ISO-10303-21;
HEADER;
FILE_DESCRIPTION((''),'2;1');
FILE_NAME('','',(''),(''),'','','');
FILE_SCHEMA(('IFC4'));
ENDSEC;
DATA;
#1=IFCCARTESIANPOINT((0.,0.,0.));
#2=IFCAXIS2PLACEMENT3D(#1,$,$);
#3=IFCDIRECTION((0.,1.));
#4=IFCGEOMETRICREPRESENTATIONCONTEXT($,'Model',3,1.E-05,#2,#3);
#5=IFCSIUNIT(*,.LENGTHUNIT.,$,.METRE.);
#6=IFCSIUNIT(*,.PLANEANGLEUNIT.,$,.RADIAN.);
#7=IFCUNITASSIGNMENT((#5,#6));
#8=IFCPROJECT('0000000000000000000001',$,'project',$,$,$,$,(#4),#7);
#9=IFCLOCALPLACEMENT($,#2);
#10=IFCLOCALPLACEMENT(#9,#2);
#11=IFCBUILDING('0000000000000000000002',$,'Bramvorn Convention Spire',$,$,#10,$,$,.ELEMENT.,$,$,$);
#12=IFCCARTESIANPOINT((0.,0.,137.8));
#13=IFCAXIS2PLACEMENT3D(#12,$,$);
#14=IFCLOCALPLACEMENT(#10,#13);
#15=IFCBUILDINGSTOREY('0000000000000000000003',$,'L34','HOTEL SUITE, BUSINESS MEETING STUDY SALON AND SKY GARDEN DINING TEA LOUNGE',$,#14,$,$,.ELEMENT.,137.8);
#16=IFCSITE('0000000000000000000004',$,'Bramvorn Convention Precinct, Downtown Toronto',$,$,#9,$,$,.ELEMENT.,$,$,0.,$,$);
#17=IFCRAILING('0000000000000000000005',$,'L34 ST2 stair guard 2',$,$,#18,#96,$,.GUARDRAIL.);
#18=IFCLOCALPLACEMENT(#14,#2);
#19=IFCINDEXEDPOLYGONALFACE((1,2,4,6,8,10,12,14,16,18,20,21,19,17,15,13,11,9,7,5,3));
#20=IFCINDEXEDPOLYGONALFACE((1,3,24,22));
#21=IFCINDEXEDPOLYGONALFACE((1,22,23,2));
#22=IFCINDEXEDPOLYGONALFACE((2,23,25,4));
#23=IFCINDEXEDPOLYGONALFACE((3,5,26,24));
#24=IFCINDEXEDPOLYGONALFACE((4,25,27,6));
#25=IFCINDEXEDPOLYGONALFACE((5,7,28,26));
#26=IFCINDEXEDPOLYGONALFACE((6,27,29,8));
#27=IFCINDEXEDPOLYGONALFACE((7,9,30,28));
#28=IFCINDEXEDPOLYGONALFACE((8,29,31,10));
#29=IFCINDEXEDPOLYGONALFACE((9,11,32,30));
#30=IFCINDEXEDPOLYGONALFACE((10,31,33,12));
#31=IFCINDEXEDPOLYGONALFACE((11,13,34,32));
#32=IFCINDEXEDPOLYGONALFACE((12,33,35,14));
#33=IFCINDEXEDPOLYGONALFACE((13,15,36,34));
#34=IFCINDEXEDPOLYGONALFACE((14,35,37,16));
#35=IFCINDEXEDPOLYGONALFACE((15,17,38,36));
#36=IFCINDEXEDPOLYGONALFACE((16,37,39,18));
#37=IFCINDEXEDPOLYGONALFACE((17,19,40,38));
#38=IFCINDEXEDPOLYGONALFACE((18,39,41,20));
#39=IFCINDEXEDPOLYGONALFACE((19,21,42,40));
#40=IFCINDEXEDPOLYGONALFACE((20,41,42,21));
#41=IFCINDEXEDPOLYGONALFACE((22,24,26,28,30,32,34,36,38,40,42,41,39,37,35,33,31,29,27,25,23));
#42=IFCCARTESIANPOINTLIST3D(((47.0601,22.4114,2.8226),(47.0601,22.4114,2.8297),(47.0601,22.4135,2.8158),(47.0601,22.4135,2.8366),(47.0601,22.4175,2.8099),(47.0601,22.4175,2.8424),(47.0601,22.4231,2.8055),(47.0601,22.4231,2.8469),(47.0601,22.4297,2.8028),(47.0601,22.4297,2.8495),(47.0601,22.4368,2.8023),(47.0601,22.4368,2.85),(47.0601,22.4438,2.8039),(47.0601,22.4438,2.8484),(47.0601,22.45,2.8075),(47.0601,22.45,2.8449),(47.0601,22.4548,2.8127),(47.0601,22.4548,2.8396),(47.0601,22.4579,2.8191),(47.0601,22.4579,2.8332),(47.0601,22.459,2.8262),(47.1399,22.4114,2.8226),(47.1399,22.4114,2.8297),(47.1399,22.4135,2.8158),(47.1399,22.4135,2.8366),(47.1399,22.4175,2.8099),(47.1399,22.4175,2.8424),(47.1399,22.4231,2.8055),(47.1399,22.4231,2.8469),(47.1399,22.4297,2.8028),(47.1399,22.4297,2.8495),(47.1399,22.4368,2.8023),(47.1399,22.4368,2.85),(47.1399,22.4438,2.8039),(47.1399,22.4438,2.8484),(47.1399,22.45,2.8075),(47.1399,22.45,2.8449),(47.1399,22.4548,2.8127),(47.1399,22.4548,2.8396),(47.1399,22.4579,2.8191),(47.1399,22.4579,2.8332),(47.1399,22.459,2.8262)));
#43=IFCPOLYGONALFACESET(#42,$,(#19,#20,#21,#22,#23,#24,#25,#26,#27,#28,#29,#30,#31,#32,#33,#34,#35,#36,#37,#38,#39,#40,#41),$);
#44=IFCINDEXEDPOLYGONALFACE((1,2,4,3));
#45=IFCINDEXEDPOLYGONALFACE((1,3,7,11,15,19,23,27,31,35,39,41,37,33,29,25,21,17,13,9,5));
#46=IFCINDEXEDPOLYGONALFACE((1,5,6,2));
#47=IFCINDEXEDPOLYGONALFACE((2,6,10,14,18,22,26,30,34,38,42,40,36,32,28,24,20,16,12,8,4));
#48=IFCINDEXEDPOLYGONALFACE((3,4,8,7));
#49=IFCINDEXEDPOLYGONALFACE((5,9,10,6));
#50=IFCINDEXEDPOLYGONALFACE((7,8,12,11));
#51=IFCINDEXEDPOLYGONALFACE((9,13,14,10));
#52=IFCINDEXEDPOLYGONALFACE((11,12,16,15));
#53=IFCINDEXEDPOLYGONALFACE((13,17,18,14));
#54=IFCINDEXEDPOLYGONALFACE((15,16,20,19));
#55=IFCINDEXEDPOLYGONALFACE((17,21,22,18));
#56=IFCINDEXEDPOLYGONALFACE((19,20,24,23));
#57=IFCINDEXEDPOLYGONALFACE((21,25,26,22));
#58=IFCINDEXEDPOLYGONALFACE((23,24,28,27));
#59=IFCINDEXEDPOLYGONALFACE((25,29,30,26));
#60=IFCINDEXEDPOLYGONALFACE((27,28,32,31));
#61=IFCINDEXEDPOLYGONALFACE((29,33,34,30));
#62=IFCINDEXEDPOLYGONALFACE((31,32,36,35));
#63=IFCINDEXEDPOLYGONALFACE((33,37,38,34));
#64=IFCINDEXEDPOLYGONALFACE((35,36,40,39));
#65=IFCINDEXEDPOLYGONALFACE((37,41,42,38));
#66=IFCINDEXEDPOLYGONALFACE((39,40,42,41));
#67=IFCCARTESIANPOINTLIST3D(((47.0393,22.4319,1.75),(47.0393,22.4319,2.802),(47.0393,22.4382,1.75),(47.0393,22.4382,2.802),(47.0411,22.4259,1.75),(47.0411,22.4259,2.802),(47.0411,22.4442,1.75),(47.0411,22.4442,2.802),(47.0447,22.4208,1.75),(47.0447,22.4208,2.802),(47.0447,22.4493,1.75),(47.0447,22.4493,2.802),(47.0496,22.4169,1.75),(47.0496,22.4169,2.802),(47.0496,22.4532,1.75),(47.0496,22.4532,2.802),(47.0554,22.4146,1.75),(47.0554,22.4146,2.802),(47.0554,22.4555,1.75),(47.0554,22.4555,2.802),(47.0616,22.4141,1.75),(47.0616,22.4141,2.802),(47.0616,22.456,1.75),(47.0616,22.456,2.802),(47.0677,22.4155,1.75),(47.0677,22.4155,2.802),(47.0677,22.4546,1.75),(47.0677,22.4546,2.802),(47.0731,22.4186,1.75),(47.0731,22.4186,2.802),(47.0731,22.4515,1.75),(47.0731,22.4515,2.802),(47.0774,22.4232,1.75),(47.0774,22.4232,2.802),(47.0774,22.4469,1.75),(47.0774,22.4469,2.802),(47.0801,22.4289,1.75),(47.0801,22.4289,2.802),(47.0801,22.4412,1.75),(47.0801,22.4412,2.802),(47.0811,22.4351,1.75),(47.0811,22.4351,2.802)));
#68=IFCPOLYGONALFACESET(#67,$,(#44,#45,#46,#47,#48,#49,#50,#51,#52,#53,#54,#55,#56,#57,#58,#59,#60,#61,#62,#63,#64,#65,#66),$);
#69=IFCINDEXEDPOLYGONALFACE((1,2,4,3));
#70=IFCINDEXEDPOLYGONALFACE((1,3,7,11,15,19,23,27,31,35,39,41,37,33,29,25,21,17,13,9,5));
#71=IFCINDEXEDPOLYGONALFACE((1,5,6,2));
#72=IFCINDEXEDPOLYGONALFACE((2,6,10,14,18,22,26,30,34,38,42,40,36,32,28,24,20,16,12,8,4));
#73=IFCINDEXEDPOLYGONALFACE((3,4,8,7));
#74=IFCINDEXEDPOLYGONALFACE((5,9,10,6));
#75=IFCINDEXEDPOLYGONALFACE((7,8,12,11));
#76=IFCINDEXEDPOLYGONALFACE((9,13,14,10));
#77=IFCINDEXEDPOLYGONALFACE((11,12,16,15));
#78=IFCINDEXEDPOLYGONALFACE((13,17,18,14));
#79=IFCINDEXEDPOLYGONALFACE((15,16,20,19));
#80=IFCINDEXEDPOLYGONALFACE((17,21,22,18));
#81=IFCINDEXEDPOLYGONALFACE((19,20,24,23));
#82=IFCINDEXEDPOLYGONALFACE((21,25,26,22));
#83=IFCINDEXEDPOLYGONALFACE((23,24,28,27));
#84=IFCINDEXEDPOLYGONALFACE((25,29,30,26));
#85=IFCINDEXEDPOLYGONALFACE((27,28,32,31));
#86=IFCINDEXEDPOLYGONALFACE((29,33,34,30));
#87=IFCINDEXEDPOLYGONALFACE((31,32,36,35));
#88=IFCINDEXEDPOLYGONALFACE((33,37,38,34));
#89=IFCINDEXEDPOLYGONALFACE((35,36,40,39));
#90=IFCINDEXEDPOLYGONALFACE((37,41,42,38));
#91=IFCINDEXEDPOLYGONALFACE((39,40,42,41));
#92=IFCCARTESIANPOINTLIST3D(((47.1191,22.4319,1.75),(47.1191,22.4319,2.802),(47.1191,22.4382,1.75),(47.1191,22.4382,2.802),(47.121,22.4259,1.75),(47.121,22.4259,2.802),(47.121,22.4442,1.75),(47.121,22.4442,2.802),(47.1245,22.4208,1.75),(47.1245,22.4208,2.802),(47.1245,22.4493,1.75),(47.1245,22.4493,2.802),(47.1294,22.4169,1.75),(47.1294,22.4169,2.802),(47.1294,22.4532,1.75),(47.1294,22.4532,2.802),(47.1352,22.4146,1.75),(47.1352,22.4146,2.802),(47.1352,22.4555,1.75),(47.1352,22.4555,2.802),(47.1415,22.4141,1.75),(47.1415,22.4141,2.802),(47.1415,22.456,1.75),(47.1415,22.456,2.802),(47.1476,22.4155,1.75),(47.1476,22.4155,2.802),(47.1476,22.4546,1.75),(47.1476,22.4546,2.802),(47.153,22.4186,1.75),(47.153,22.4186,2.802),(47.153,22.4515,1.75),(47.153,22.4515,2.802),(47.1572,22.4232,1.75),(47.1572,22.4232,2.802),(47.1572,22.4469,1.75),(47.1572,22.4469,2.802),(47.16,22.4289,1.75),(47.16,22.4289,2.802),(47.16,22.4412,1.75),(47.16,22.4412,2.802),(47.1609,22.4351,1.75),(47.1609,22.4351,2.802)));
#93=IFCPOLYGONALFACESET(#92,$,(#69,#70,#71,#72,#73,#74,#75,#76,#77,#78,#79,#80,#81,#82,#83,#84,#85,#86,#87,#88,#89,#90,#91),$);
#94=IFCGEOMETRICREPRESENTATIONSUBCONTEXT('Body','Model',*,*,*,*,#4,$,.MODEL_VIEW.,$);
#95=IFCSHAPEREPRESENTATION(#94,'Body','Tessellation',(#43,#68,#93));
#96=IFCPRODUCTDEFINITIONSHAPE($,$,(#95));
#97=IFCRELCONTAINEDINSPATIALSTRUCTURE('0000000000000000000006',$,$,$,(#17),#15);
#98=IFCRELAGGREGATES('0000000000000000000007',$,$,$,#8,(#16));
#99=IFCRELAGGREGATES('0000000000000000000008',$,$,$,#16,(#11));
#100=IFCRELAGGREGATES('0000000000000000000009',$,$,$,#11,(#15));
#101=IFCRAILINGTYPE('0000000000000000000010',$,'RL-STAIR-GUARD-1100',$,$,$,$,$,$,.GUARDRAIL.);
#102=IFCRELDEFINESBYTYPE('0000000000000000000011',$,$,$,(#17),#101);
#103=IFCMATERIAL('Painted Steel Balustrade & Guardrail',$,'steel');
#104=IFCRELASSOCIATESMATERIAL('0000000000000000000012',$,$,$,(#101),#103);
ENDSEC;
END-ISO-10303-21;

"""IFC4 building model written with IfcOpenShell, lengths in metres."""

from ifc_helpers import new_model, si_unit, direction, frame, origin, origin_2d, place, context, subcontext, project, spatial, circle, extrude, material, type_object, element, save


model = new_model("IFC4")

# Units and contexts
model_context = context("Model", 3, precision=1e-05, world=origin(), true_north=direction((0.0, 1.0)))
body_context = subcontext(model_context, "Body", "Model", "MODEL_VIEW")
ifc_project = project(units=[si_unit("LENGTHUNIT", "METRE"), si_unit("PLANEANGLEUNIT", "RADIAN")], contexts=[model_context])

# Site, building, storey
site_placement = place(None, origin())
site = spatial("IfcSite", under=ifc_project, at=site_placement, Name="Bramvorn Convention Precinct, Downtown Toronto", CompositionType="ELEMENT", RefElevation=0.0)
building_placement = place(site_placement, origin())
building = spatial("IfcBuilding", under=site, at=building_placement, Name="Bramvorn Convention Spire", CompositionType="ELEMENT")
storey_placement = place(building_placement, frame((0.0, 0.0, 137.8)))
storey = spatial("IfcBuildingStorey", under=building, at=storey_placement, Name="L34", Description="HOTEL SUITE, BUSINESS MEETING STUDY SALON AND SKY GARDEN DINING TEA LOUNGE", CompositionType="ELEMENT", Elevation=137.8)

# Railing
ifc_material_1 = material(Name="Painted Steel Balustrade & Guardrail", Category="steel")
railing_type_1 = type_object("IfcRailingType", Name="RL-STAIR-GUARD-1100", PredefinedType="GUARDRAIL", material=ifc_material_1)
railing_1_placement = place(storey_placement, frame((47.0601, 22.4351, 1.75)))
element("IfcRailing", 1, at=railing_1_placement, inside=storey, type_object=railing_type_1, Name="L34 ST2 stair guard 2", PredefinedType="GUARDRAIL", context=body_context, shape_type="SweptSolid", body=[
    extrude(circle(Radius=0.0239, at=origin_2d()), frame((0.0, 0.0, 1.0762), z_axis=(1.0, 0.0, 0.0), x_axis=(0.0, 1.0, 0.0)), (0.0, 0.0, 1.0), 0.0798),
    extrude(circle(Radius=0.021, at=origin_2d()), origin(), (0.0, 0.0, 1.0), 1.052),
    extrude(circle(Radius=0.021, at=origin_2d()), frame((0.0798, 0.0, 0.0)), (0.0, 0.0, 1.0), 1.052),
])

save(model, "model.ifc")
